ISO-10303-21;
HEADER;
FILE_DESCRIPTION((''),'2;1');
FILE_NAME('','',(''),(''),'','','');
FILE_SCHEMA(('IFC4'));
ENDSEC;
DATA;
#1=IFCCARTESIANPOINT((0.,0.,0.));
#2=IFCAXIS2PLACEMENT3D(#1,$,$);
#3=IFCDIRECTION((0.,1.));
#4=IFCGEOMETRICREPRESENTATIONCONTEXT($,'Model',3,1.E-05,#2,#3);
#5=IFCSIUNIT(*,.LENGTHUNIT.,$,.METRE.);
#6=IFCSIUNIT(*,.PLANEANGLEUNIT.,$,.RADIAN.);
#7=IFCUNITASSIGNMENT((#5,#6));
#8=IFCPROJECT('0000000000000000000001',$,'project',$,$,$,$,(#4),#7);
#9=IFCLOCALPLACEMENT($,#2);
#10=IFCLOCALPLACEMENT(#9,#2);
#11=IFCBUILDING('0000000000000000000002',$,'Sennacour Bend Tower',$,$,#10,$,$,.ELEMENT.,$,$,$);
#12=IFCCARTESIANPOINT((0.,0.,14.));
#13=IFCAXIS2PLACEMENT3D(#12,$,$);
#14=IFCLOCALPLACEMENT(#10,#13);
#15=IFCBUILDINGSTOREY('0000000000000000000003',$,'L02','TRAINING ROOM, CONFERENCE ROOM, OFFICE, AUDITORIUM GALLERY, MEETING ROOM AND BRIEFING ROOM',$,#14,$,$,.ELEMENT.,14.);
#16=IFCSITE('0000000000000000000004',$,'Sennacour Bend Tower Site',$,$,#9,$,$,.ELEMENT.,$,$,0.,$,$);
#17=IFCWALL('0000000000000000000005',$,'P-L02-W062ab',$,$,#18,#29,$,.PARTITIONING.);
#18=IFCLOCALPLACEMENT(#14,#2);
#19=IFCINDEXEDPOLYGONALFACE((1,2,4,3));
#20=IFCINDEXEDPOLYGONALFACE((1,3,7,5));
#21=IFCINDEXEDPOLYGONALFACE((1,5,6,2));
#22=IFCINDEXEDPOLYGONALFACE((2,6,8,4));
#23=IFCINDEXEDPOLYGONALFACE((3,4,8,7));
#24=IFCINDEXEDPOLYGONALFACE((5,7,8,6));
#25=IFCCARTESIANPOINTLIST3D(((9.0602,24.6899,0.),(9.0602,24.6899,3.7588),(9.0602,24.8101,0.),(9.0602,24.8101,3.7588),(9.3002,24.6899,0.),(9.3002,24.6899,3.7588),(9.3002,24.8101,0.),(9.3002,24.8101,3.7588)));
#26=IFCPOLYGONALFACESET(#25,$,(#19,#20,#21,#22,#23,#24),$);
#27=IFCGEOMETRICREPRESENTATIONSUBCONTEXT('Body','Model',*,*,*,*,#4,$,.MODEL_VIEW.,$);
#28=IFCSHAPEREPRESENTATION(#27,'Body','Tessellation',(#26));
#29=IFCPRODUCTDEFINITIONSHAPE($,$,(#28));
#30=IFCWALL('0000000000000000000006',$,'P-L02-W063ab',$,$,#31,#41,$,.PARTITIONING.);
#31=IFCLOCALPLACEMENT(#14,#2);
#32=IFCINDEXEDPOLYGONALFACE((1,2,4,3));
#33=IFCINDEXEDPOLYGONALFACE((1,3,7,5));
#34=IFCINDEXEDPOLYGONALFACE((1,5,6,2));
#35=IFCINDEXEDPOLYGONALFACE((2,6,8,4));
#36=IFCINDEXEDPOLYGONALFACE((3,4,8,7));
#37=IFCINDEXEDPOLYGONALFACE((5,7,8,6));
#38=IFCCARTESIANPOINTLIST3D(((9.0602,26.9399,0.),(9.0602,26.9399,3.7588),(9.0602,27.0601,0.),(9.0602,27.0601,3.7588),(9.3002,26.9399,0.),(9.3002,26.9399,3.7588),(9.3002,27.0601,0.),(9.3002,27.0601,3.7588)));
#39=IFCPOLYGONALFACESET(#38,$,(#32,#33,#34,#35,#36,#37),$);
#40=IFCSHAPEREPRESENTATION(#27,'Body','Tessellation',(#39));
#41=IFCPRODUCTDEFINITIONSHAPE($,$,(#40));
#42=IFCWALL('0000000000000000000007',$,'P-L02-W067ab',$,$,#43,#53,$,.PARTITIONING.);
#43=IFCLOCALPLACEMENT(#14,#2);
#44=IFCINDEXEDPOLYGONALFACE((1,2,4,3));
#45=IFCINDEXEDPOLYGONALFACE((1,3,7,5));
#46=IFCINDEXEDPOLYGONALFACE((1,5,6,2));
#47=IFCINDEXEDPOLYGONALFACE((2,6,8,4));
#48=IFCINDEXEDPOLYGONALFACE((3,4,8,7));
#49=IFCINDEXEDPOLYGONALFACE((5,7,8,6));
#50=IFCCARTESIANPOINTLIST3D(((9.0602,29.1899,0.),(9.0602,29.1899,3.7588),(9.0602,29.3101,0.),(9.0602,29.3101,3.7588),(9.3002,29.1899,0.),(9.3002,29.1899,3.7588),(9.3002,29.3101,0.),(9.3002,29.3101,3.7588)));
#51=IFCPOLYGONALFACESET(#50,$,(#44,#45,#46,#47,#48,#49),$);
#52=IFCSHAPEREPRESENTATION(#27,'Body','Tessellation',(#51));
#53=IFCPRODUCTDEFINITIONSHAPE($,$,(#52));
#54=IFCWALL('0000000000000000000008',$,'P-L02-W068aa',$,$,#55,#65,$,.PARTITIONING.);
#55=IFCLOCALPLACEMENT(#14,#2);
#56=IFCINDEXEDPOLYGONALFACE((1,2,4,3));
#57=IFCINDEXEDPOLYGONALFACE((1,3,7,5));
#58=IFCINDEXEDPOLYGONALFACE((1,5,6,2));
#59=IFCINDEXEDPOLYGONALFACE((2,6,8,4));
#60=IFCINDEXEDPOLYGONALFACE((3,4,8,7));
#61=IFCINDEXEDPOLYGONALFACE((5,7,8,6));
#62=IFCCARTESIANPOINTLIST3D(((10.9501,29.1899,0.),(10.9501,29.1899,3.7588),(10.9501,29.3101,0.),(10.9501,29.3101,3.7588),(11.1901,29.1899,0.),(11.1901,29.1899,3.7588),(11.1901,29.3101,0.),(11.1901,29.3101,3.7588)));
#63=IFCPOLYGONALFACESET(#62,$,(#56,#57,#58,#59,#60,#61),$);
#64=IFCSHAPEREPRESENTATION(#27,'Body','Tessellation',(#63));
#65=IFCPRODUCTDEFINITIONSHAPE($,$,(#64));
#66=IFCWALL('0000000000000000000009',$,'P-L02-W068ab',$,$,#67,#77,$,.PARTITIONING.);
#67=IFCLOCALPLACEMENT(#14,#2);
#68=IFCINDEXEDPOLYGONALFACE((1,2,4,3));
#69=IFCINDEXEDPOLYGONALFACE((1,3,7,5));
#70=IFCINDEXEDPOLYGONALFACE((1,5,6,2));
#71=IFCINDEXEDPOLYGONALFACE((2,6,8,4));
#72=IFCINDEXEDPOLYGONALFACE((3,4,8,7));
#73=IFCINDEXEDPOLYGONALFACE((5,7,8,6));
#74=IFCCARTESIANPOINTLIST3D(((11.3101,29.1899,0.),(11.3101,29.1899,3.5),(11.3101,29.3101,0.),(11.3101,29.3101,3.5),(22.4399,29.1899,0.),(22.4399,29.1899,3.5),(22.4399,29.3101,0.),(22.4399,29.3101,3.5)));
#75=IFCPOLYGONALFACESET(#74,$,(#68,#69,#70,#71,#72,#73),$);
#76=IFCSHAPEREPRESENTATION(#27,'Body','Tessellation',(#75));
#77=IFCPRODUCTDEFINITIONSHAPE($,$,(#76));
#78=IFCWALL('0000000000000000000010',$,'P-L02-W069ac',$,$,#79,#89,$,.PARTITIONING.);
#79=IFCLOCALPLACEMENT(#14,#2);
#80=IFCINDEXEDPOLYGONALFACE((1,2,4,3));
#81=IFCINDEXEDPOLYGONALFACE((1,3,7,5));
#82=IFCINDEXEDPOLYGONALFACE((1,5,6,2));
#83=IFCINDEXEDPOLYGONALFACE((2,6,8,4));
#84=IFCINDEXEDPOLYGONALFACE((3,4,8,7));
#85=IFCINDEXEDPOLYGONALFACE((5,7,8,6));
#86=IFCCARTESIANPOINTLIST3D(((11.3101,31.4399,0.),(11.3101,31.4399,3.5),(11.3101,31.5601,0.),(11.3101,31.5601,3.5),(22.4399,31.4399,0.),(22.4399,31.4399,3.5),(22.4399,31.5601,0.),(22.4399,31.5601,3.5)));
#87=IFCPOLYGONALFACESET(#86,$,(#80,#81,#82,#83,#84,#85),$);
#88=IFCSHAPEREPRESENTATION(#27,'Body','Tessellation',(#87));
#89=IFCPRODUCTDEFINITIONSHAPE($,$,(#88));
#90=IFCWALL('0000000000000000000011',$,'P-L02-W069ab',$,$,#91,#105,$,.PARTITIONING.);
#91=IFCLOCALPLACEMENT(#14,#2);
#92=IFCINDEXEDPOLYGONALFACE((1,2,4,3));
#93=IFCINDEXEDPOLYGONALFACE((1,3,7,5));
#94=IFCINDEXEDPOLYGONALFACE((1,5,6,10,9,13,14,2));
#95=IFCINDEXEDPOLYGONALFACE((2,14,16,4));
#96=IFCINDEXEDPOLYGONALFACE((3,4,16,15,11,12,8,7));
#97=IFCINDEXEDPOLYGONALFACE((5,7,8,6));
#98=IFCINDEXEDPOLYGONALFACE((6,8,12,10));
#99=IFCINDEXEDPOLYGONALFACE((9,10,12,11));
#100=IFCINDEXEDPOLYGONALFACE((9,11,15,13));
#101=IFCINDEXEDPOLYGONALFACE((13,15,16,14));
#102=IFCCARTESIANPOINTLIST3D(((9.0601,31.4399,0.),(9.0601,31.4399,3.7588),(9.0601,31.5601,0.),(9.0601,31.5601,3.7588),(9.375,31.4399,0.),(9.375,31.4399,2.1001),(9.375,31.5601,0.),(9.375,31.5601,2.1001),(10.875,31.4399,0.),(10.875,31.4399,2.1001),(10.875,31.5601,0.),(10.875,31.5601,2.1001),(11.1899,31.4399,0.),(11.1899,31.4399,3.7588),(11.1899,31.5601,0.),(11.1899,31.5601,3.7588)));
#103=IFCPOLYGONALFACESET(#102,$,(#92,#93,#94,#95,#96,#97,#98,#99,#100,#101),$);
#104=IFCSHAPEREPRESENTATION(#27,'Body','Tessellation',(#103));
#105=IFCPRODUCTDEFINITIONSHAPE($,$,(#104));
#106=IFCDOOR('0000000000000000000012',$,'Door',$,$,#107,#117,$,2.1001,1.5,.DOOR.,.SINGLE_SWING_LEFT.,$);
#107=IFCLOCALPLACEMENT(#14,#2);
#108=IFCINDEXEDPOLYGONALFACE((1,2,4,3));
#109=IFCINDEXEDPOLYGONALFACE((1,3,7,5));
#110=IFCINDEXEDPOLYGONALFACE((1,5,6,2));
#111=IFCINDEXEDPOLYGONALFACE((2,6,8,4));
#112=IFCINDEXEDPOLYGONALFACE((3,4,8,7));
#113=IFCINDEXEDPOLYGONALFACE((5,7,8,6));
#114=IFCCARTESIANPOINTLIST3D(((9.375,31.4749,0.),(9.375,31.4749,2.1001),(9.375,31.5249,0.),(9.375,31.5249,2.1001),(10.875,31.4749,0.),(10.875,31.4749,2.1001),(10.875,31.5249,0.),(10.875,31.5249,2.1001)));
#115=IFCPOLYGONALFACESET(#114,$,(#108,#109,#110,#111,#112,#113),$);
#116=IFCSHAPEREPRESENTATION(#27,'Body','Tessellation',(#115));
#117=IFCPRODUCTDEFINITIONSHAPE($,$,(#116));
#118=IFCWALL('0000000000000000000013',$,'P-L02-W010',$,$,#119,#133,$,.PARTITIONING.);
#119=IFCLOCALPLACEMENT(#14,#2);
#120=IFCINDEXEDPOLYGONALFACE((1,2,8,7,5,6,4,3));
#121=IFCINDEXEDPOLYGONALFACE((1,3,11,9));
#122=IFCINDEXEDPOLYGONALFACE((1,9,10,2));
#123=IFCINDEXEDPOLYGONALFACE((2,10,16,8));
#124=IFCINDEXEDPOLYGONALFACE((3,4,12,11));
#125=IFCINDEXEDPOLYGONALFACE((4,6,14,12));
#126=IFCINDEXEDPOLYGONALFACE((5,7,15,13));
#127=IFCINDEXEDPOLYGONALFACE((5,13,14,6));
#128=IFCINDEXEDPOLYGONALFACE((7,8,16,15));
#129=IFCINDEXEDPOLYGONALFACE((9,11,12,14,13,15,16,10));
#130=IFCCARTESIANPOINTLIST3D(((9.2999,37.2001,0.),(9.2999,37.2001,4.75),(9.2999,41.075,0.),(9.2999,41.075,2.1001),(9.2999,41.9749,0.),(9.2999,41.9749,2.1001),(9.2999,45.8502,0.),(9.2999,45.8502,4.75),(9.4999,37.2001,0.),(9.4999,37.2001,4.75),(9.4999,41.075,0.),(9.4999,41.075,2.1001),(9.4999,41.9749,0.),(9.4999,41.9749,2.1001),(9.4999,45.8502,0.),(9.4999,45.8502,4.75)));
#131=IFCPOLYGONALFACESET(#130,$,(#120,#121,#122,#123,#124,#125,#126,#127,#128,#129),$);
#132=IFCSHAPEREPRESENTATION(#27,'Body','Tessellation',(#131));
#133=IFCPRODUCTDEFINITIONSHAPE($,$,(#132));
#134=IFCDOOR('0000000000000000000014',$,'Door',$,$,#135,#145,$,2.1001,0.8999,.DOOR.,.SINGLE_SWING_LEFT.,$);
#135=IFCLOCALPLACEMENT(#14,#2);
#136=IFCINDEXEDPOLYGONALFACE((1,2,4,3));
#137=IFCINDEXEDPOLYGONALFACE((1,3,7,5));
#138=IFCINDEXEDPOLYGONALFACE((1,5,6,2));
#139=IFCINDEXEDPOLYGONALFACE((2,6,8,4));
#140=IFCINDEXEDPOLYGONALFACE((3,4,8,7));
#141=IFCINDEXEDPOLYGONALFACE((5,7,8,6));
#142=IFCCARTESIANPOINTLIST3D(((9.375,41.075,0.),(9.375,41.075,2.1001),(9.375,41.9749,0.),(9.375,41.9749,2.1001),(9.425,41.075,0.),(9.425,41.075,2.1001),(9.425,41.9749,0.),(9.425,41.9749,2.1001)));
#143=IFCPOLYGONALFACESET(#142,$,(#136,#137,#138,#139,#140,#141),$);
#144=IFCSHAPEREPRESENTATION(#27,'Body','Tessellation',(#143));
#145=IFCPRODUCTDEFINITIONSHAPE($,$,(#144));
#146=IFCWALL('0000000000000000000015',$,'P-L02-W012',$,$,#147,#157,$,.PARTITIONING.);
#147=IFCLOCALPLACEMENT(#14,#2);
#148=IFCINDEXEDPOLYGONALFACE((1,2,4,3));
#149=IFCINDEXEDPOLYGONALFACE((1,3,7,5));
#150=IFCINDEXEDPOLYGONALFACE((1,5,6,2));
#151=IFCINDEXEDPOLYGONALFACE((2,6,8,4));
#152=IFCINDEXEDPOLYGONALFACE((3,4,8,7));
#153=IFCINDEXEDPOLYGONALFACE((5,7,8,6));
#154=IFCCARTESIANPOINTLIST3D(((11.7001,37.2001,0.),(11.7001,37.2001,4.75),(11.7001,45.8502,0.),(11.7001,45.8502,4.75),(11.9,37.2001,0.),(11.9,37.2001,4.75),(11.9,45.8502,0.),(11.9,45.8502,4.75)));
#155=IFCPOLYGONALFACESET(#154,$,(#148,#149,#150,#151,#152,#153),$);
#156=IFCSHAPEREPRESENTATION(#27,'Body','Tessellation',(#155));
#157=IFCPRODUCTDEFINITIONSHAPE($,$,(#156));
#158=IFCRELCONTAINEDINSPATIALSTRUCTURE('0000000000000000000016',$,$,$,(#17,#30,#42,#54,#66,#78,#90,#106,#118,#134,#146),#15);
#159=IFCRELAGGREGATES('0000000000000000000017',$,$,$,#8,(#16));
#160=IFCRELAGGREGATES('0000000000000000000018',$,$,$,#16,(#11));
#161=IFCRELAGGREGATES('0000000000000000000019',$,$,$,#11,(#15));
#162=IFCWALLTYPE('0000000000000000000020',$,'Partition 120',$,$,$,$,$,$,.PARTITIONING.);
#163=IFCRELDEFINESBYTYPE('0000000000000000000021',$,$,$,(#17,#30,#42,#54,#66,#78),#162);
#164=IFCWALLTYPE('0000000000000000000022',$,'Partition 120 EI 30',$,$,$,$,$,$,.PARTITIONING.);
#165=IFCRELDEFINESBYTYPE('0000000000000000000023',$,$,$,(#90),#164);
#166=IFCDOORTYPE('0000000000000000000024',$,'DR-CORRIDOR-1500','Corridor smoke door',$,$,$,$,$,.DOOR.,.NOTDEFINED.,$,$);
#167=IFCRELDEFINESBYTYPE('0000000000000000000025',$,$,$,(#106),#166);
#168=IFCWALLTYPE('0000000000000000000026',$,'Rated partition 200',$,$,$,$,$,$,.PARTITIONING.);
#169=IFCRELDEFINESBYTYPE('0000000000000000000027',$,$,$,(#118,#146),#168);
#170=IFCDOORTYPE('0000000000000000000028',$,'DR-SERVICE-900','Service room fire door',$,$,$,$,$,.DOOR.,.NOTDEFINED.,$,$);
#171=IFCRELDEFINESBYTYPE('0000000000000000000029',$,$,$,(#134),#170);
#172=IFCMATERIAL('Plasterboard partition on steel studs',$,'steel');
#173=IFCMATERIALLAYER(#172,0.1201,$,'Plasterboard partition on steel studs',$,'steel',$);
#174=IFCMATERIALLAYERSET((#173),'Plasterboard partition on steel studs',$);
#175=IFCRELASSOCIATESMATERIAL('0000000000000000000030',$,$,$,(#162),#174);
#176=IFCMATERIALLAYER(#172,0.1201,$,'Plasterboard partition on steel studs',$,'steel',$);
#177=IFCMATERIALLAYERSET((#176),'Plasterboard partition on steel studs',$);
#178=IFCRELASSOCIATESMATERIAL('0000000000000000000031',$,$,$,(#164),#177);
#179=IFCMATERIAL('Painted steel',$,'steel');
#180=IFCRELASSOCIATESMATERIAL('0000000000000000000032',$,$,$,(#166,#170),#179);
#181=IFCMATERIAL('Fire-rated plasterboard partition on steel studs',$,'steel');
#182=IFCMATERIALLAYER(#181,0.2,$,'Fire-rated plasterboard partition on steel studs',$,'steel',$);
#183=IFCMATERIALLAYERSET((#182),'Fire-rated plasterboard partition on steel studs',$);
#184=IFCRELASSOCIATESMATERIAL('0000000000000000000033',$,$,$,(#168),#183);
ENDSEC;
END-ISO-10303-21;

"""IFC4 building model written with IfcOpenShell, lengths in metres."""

from ifc_helpers import new_model, si_unit, direction, frame, frame_2d, origin, place, context, subcontext, project, spatial, rectangle, extrude, material, layer, layer_set, type_object, element, fill, save


model = new_model("IFC4")

# Units and contexts
model_context = context("Model", 3, precision=1e-05, world=origin(), true_north=direction((0.0, 1.0)))
body_context = subcontext(model_context, "Body", "Model", "MODEL_VIEW")
ifc_project = project(units=[si_unit("LENGTHUNIT", "METRE"), si_unit("PLANEANGLEUNIT", "RADIAN")], contexts=[model_context])

# Site, building, storey
site_placement = place(None, origin())
site = spatial("IfcSite", under=ifc_project, at=site_placement, Name="Sennacour Bend Tower Site", CompositionType="ELEMENT", RefElevation=0.0)
building_placement = place(site_placement, origin())
building = spatial("IfcBuilding", under=site, at=building_placement, Name="Sennacour Bend Tower", CompositionType="ELEMENT")
storey_placement = place(building_placement, frame((0.0, 0.0, 14.0)))
storey = spatial("IfcBuildingStorey", under=building, at=storey_placement, Name="L02", Description="TRAINING ROOM, CONFERENCE ROOM, OFFICE, AUDITORIUM GALLERY, MEETING ROOM AND BRIEFING ROOM", CompositionType="ELEMENT", Elevation=14.0)

# Walls
ifc_material_1 = material(Name="Plasterboard partition on steel studs", Category="steel")
ifc_layer_1 = layer(ifc_material_1, 0.1201, Name="Plasterboard partition on steel studs", Category="steel")
ifc_layer_set_1 = layer_set([ifc_layer_1], Name="Plasterboard partition on steel studs")
wall_type_1 = type_object("IfcWallType", Name="Partition 120", PredefinedType="PARTITIONING", material=ifc_layer_set_1)
for number, where, z_axis, x_axis, name in (
    (1, (9.0601, 24.75, 0.0), (0.0, 0.0, 1.0), (1.0, 0.0, 0.0), "P-L02-W062ab"),
    (2, (9.0601, 27.0, 0.0), (0.0, 0.0, 1.0), (1.0, 0.0, 0.0), "P-L02-W063ab"),
    (3, (9.0601, 29.25, 0.0), (0.0, 0.0, 1.0), (1.0, 0.0, 0.0), "P-L02-W067ab"),
    (4, (10.95, 29.25, 0.0), (0.0, 0.0, 1.0), (1.0, 0.0, 0.0), "P-L02-W068aa"),
):
    element("IfcWall", number, at=place(storey_placement, frame(where, z_axis=z_axis, x_axis=x_axis)), inside=storey, type_object=wall_type_1, Name=name, PredefinedType="PARTITIONING", context=body_context, shape_type="SweptSolid", body=[
        extrude(rectangle(XDim=0.24, YDim=0.1201, at=frame_2d((0.1201, 0.0))), origin(), (0.0, 0.0, 1.0), 3.7588),
    ])
for number, where, z_axis, x_axis, name in (
    (5, (11.3101, 29.25, 0.0), (0.0, 0.0, 1.0), (1.0, 0.0, 0.0), "P-L02-W068ab"),
    (6, (11.3101, 31.5, 0.0), (0.0, 0.0, 1.0), (1.0, 0.0, 0.0), "P-L02-W069ac"),
):
    element("IfcWall", number, at=place(storey_placement, frame(where, z_axis=z_axis, x_axis=x_axis)), inside=storey, type_object=wall_type_1, Name=name, PredefinedType="PARTITIONING", context=body_context, shape_type="SweptSolid", body=[
        extrude(rectangle(XDim=11.1299, YDim=0.1201, at=frame_2d((5.5649, 0.0))), origin(), (0.0, 0.0, 1.0), 3.5),
    ])

# Walls, openings, doors
ifc_layer_2 = layer(ifc_material_1, 0.1201, Name="Plasterboard partition on steel studs", Category="steel")
ifc_layer_set_2 = layer_set([ifc_layer_2], Name="Plasterboard partition on steel studs")
wall_type_2 = type_object("IfcWallType", Name="Partition 120 EI 30", PredefinedType="PARTITIONING", material=ifc_layer_set_2)
wall_1_placement = place(storey_placement, frame((9.0601, 31.5, 0.0), z_axis=(0.0, 0.0, 1.0), x_axis=(1.0, 0.0, 0.0)))
wall_1 = element("IfcWall", 7, at=wall_1_placement, inside=storey, type_object=wall_type_2, Name="P-L02-W069ab", PredefinedType="PARTITIONING", context=body_context, shape_type="SweptSolid", body=[
    extrude(rectangle(XDim=2.1299, YDim=0.1201, at=frame_2d((1.0649, 0.0))), origin(), (0.0, 0.0, 1.0), 3.7588),
])
opening_1_placement = place(wall_1_placement, frame((0.3149, 0.0, 0.0)))
opening_1 = element("IfcOpeningElement", 8, at=opening_1_placement, cuts=wall_1, PredefinedType="OPENING", context=body_context, shape_type="SweptSolid", body=[
    extrude(rectangle(XDim=1.5, YDim=2.1001, at=frame_2d((0.75, 1.05))), frame((0.0, 0.0701, 0.0), z_axis=(0.0, -1.0, 0.0), x_axis=(1.0, 0.0, 0.0)), (0.0, 0.0, 1.0), 0.1401),
])
ifc_material_2 = material(Name="Painted steel", Category="steel")
door_type_1 = type_object("IfcDoorType", Name="DR-CORRIDOR-1500", Description="Corridor smoke door", OperationType="NOTDEFINED", PredefinedType="DOOR", material=ifc_material_2)
door_1_placement = place(opening_1_placement, origin())
door_1 = element("IfcDoor", 9, at=door_1_placement, inside=storey, type_object=door_type_1, Name="Door", OperationType="SINGLE_SWING_LEFT", OverallHeight=2.1001, OverallWidth=1.5, PredefinedType="DOOR", context=body_context, shape_type="SweptSolid", body=[
    extrude(rectangle(XDim=1.5, YDim=2.1001, at=frame_2d((0.75, 1.05))), frame((0.0, 0.0249, 0.0), z_axis=(0.0, -1.0, 0.0), x_axis=(1.0, 0.0, 0.0)), (0.0, 0.0, 1.0), 0.05),
])
fill(opening_1, door_1)
ifc_material_3 = material(Name="Fire-rated plasterboard partition on steel studs", Category="steel")
ifc_layer_3 = layer(ifc_material_3, 0.2, Name="Fire-rated plasterboard partition on steel studs", Category="steel")
ifc_layer_set_3 = layer_set([ifc_layer_3], Name="Fire-rated plasterboard partition on steel studs")
wall_type_3 = type_object("IfcWallType", Name="Rated partition 200", PredefinedType="PARTITIONING", material=ifc_layer_set_3)
wall_2_placement = place(storey_placement, frame((9.3999, 37.2, 0.0), z_axis=(0.0, 0.0, 1.0), x_axis=(0.0, 1.0, 0.0)))
wall_2 = element("IfcWall", 10, at=wall_2_placement, inside=storey, type_object=wall_type_3, Name="P-L02-W010", PredefinedType="PARTITIONING", context=body_context, shape_type="SweptSolid", body=[
    extrude(rectangle(XDim=8.6501, YDim=0.2, at=frame_2d((4.3252, 0.0))), origin(), (0.0, 0.0, 1.0), 4.75),
])
opening_2_placement = place(wall_2_placement, frame((3.875, 0.0, 0.0)))
opening_2 = element("IfcOpeningElement", 11, at=opening_2_placement, cuts=wall_2, PredefinedType="OPENING", context=body_context, shape_type="SweptSolid", body=[
    extrude(rectangle(XDim=0.8999, YDim=2.1001, at=frame_2d((0.45, 1.05))), frame((0.0, 0.1099, 0.0), z_axis=(0.0, -1.0, 0.0), x_axis=(1.0, 0.0, 0.0)), (0.0, 0.0, 1.0), 0.22),
])
door_type_2 = type_object("IfcDoorType", Name="DR-SERVICE-900", Description="Service room fire door", OperationType="NOTDEFINED", PredefinedType="DOOR", material=ifc_material_2)
door_2_placement = place(opening_2_placement, origin())
door_2 = element("IfcDoor", 12, at=door_2_placement, inside=storey, type_object=door_type_2, Name="Door", OperationType="SINGLE_SWING_LEFT", OverallHeight=2.1001, OverallWidth=0.8999, PredefinedType="DOOR", context=body_context, shape_type="SweptSolid", body=[
    extrude(rectangle(XDim=0.8999, YDim=2.1001, at=frame_2d((0.45, 1.05))), frame((0.0, 0.0249, 0.0), z_axis=(0.0, -1.0, 0.0), x_axis=(1.0, 0.0, 0.0)), (0.0, 0.0, 1.0), 0.05),
])
fill(opening_2, door_2)

# Wall
wall_3_placement = place(storey_placement, frame((11.8, 37.2, 0.0), z_axis=(0.0, 0.0, 1.0), x_axis=(0.0, 1.0, 0.0)))
element("IfcWall", 13, at=wall_3_placement, inside=storey, type_object=wall_type_3, Name="P-L02-W012", PredefinedType="PARTITIONING", context=body_context, shape_type="SweptSolid", body=[
    extrude(rectangle(XDim=8.6501, YDim=0.2, at=frame_2d((4.3252, 0.0))), origin(), (0.0, 0.0, 1.0), 4.75),
])

save(model, "model.ifc")
